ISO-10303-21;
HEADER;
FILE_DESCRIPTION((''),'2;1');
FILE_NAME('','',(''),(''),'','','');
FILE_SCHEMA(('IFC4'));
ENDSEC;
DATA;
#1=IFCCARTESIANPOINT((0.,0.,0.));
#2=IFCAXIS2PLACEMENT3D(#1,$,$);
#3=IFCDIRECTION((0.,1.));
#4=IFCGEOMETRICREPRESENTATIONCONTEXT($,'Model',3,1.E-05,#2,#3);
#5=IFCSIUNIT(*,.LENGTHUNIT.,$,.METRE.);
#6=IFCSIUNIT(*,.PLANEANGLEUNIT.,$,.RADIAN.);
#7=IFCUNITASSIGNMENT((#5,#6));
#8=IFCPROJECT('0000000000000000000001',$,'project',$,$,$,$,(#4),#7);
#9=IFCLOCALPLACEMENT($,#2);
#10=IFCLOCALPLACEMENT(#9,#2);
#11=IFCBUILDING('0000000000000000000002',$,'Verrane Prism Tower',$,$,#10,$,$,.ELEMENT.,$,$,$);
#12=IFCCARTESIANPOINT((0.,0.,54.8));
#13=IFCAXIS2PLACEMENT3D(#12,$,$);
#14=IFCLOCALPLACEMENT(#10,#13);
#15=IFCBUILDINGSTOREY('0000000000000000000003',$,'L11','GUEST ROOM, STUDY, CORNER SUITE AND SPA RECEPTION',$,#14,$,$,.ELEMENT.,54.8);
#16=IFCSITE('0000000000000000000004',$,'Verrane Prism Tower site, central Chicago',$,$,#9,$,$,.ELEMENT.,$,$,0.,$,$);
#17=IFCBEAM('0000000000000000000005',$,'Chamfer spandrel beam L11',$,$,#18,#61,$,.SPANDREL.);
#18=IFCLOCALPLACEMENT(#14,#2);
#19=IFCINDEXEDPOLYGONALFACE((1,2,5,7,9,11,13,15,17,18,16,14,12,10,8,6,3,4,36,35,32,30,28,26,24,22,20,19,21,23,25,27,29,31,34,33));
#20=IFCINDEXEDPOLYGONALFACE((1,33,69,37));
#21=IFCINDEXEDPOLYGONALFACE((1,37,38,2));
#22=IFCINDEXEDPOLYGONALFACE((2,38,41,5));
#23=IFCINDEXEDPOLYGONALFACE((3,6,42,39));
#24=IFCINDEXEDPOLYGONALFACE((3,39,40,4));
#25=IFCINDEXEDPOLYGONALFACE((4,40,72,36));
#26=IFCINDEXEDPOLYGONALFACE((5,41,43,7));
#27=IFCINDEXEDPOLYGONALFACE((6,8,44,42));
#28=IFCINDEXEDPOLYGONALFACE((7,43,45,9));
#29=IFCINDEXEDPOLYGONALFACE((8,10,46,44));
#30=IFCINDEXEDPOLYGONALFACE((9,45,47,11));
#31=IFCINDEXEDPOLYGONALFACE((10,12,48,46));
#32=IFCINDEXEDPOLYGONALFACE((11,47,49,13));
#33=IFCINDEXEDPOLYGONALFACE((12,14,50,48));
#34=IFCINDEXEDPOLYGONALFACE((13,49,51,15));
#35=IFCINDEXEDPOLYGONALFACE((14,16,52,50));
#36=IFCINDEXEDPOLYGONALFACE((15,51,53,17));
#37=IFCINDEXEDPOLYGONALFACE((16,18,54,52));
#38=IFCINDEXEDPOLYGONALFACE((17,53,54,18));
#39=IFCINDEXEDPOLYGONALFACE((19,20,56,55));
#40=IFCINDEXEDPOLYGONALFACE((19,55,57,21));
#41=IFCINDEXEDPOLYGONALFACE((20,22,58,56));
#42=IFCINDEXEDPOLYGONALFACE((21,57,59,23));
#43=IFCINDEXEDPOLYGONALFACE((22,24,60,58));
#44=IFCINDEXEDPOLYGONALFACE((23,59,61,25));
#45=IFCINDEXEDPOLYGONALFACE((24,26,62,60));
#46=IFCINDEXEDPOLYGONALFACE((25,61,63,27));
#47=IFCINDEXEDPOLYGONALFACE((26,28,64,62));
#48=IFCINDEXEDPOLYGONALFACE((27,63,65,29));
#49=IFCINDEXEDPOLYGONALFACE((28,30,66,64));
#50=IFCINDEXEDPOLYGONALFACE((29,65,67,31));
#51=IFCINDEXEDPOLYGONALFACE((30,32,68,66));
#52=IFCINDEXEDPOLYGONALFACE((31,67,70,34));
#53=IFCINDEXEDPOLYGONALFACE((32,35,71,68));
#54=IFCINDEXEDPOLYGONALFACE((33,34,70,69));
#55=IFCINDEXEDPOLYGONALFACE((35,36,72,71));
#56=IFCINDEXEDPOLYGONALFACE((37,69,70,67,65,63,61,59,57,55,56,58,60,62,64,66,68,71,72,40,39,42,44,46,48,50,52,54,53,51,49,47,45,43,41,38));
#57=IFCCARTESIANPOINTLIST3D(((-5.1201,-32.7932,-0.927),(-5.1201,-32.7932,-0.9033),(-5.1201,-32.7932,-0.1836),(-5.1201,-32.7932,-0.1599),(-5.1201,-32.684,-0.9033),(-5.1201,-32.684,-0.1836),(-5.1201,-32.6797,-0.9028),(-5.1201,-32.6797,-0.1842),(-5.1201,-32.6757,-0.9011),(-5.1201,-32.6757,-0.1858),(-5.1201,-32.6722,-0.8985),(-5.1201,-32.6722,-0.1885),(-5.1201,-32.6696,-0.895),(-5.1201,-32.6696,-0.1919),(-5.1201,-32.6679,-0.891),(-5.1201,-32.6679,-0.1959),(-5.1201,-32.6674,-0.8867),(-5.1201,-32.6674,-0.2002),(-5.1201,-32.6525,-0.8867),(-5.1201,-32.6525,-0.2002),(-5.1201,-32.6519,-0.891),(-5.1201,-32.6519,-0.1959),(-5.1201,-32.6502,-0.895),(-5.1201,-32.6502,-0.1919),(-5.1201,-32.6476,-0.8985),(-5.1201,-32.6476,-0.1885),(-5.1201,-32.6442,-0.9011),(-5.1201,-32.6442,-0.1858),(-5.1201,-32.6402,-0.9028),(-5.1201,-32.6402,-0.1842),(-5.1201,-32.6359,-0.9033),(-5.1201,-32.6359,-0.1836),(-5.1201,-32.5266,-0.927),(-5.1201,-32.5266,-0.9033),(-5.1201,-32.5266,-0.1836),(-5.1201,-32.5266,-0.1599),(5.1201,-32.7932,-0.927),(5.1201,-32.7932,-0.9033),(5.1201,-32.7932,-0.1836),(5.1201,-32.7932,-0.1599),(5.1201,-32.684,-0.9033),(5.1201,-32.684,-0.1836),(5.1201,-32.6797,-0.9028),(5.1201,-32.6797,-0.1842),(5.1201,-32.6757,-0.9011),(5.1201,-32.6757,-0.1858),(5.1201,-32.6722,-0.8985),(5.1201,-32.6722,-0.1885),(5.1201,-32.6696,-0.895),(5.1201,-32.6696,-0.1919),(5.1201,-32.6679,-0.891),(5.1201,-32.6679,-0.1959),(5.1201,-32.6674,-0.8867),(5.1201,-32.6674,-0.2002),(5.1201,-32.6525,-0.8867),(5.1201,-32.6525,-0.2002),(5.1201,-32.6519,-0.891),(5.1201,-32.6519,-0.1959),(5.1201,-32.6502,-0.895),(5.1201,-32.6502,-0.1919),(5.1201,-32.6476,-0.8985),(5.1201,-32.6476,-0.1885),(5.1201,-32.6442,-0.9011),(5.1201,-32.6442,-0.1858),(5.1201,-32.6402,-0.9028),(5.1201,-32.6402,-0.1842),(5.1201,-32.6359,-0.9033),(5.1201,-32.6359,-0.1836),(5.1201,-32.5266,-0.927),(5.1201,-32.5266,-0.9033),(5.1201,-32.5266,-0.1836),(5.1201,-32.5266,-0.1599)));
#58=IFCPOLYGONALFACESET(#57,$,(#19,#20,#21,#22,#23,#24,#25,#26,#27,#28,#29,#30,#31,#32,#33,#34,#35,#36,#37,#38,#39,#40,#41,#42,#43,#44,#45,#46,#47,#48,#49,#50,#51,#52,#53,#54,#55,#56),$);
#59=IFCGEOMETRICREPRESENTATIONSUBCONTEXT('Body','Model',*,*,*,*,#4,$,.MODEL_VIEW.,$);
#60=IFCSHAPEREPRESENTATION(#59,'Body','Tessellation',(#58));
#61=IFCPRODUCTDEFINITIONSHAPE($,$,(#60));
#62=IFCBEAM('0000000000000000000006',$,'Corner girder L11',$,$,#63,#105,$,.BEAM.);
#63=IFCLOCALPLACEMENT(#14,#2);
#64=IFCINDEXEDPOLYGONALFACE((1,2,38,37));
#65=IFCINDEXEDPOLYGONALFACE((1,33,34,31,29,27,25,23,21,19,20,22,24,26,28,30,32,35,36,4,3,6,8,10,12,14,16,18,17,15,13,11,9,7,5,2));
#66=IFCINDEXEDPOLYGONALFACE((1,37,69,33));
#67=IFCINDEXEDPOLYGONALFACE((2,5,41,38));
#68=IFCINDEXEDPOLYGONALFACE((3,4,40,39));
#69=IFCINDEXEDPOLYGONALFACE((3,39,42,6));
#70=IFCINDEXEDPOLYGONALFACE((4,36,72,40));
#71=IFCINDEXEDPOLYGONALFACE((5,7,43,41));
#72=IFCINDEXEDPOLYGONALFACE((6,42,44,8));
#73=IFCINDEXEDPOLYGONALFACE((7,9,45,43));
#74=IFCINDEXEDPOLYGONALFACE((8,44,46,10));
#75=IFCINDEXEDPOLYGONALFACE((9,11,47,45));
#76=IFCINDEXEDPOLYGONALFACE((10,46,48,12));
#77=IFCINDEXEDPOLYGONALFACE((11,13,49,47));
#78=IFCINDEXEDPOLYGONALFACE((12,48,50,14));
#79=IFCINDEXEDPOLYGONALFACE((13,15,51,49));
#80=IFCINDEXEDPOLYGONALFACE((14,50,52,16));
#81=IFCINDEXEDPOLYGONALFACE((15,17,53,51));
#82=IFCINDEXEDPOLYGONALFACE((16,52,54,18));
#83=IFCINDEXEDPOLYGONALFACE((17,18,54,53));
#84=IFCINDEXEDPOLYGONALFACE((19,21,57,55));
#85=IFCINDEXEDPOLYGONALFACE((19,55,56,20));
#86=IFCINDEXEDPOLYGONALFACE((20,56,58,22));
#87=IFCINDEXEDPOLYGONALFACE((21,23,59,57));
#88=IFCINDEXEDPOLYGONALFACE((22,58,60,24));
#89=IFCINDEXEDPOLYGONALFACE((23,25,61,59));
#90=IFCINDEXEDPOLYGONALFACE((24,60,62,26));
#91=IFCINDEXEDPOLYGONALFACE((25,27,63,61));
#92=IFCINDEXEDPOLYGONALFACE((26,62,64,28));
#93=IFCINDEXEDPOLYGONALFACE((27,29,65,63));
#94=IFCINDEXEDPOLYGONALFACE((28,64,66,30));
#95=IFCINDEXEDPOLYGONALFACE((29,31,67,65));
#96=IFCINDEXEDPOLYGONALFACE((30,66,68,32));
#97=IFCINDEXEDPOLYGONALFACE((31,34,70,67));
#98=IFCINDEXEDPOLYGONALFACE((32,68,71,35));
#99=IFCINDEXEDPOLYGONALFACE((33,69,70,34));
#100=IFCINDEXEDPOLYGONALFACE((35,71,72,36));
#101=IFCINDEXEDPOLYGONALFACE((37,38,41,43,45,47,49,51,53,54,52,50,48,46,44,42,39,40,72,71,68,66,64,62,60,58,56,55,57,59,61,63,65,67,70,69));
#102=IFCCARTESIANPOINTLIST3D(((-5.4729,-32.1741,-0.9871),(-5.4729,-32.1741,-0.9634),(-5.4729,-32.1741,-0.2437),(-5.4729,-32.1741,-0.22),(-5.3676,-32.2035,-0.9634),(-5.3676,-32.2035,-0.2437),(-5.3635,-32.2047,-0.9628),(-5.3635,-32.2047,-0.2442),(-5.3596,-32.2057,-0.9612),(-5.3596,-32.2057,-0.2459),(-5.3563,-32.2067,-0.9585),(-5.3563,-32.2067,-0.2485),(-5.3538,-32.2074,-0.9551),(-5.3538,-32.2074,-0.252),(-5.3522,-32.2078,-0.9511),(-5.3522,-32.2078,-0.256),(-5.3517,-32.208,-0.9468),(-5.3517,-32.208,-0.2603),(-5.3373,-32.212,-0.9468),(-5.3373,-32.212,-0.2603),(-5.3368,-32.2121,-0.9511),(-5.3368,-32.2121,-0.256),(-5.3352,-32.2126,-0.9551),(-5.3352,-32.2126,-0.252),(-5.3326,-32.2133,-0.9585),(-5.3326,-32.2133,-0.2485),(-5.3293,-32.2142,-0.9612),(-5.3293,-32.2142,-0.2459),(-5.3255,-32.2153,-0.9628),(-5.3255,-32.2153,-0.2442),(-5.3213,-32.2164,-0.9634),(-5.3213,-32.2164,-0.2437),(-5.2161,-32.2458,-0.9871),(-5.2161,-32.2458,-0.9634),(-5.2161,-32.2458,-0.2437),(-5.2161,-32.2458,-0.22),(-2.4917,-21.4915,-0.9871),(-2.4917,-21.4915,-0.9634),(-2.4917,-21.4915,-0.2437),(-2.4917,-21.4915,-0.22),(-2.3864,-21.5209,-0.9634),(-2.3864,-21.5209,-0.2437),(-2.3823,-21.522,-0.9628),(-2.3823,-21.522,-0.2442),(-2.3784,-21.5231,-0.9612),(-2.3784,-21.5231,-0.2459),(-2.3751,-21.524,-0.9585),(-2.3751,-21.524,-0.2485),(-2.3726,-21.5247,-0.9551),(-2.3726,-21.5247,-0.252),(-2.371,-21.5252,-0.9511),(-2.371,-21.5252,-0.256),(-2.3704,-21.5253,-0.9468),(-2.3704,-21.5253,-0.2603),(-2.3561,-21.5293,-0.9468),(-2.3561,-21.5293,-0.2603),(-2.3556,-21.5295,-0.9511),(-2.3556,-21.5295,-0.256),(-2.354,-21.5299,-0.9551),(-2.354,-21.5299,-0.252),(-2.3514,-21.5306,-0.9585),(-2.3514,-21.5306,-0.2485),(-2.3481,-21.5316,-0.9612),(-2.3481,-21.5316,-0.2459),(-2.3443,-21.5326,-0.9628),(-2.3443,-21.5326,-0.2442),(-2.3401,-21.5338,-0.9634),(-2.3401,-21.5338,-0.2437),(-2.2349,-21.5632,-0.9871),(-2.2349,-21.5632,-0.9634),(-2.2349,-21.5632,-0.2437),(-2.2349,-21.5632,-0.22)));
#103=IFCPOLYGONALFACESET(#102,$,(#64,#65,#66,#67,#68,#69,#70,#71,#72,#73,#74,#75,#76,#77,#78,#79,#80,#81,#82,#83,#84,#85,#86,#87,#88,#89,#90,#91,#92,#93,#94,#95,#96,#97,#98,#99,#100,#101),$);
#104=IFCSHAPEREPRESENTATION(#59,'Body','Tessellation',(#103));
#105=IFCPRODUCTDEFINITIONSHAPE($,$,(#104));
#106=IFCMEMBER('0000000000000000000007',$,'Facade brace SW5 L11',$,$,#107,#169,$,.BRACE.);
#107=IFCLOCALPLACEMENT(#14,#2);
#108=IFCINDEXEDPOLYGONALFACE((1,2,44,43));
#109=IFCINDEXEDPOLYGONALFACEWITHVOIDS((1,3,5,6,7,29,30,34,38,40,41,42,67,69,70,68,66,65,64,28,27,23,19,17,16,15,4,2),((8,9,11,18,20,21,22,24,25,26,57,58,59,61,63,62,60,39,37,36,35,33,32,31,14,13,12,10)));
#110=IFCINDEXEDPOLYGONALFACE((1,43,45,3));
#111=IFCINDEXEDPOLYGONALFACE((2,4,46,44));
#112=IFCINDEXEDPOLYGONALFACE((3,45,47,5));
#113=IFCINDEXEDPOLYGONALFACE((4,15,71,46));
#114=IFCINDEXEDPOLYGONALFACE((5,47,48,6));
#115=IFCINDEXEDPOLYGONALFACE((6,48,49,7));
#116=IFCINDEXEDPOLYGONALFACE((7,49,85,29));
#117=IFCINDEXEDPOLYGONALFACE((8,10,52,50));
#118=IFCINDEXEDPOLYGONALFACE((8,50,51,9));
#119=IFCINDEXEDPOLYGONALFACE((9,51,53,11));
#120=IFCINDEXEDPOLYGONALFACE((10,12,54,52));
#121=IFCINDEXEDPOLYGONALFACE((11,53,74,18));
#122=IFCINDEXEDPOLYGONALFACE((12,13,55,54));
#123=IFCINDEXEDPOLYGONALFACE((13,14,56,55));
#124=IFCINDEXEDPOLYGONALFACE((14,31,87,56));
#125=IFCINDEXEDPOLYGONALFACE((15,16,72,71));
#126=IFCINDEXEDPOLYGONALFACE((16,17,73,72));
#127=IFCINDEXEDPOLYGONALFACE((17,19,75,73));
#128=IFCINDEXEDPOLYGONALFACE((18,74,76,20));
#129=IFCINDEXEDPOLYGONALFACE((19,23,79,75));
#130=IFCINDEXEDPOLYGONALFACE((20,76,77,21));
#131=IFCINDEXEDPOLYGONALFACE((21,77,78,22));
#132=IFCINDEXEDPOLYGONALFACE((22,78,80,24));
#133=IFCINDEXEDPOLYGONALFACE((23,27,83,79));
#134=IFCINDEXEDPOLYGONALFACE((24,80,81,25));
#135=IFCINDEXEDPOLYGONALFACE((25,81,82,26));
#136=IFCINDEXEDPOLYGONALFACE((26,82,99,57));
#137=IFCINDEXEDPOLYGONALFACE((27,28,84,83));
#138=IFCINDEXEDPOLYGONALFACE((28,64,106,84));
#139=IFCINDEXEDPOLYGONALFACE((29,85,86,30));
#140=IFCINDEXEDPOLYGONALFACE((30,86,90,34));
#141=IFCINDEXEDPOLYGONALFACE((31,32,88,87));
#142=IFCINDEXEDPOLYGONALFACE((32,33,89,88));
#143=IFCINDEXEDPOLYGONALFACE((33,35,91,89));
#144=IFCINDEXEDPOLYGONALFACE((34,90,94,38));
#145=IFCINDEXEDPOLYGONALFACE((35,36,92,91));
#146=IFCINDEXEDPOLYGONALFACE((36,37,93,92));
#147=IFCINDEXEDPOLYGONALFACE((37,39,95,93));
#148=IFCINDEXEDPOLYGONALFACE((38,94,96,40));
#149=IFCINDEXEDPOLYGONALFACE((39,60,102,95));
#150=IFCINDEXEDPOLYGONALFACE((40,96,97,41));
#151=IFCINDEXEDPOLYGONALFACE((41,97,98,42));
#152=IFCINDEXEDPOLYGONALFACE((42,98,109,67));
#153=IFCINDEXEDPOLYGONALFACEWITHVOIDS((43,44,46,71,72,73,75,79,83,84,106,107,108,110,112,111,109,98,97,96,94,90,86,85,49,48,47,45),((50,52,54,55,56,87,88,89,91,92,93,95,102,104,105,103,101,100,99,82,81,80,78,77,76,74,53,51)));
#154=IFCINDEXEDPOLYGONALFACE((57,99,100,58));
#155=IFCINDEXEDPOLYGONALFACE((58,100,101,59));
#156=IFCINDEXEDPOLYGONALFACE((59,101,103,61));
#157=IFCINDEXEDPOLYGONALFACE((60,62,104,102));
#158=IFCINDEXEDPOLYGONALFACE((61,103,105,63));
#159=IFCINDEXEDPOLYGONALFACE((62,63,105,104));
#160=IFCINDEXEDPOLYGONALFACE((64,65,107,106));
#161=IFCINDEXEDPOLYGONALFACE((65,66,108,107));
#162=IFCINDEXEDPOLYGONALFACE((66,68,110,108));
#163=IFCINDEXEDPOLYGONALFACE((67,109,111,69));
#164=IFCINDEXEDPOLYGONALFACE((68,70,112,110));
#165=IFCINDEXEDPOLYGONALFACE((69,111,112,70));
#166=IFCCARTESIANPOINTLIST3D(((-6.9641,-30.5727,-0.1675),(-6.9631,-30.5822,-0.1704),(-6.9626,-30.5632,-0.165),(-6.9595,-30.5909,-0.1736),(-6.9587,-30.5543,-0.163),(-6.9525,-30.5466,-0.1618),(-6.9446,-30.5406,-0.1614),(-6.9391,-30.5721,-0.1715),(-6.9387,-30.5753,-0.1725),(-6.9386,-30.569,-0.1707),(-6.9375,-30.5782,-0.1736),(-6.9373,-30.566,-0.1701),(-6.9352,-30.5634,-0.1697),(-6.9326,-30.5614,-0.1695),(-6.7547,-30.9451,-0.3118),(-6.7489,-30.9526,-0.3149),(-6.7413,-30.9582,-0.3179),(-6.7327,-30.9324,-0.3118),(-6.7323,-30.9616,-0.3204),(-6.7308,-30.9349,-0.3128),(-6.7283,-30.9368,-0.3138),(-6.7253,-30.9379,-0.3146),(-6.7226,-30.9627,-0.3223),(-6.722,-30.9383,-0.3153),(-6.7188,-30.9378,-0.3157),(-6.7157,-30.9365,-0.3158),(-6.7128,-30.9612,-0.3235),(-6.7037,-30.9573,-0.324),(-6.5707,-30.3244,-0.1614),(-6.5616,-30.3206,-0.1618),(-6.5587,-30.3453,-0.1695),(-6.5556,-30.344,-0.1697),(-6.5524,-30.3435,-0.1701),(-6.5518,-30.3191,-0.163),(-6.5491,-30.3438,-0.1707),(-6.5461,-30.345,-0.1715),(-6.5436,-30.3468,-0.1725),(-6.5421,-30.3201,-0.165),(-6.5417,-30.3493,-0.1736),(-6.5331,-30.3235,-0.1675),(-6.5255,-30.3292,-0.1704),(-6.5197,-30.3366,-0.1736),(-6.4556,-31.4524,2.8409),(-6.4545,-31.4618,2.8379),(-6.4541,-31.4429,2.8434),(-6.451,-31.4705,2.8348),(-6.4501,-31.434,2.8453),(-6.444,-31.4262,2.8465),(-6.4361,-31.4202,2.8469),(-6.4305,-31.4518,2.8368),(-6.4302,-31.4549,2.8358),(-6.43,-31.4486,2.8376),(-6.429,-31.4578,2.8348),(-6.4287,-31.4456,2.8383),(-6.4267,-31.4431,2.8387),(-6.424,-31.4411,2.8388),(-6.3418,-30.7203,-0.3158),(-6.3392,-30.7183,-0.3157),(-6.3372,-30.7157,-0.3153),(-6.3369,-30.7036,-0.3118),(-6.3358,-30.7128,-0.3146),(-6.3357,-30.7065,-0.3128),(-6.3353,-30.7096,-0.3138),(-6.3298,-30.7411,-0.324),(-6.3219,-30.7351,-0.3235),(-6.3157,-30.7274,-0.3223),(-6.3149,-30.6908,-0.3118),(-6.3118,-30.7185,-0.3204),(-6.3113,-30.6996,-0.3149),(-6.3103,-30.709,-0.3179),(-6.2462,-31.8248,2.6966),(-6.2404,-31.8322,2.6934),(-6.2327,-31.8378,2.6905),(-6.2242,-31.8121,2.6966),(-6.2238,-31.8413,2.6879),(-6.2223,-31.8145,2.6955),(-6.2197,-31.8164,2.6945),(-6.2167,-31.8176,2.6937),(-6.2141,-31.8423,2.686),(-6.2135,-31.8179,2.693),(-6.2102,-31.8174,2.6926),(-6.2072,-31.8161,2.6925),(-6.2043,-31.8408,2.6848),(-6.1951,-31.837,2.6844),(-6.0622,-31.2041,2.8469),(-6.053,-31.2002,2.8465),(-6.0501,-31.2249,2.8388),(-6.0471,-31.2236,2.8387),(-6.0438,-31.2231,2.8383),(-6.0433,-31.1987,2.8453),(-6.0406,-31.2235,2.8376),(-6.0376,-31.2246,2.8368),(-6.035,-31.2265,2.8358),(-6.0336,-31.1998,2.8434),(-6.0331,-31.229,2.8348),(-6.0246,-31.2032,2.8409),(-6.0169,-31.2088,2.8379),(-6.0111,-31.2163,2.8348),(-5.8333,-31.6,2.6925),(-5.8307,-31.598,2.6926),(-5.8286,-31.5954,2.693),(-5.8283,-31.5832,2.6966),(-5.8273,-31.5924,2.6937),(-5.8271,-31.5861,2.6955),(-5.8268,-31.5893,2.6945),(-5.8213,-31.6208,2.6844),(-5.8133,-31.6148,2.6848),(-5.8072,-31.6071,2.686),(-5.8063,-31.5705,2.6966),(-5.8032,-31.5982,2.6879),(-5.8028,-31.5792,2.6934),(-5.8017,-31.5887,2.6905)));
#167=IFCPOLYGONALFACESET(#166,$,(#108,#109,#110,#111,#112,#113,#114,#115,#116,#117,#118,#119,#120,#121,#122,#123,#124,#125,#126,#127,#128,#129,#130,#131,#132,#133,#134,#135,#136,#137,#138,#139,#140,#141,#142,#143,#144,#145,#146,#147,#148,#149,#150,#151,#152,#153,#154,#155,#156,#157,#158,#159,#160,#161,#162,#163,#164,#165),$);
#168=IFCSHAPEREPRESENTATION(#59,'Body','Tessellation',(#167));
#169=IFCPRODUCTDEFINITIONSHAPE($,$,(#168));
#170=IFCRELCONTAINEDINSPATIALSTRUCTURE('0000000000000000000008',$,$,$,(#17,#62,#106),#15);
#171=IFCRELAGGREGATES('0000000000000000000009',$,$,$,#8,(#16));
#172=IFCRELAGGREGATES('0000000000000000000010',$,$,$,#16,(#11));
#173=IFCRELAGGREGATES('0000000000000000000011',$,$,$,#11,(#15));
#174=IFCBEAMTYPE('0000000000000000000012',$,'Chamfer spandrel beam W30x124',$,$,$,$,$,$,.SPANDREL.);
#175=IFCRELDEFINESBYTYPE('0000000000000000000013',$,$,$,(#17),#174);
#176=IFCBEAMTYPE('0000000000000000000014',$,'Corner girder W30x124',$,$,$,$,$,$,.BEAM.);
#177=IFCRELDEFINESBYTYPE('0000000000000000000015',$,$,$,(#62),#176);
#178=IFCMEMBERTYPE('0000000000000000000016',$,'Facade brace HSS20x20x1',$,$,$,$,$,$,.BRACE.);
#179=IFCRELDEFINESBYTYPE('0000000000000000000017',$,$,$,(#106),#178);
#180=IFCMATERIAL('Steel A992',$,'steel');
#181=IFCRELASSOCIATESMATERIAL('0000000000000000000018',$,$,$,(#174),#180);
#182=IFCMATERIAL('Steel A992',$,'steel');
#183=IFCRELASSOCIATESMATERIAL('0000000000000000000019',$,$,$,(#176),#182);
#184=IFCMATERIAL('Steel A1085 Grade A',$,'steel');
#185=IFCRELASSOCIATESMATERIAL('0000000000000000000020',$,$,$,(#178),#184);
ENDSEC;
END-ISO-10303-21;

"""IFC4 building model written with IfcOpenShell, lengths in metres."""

from ifc_helpers import new_model, si_unit, direction, frame, origin, origin_2d, place, context, subcontext, project, spatial, hollow_rectangle, i_section, extrude, material, material_profile, profile_set, type_object, element, save


model = new_model("IFC4")

# Units and contexts
model_context = context("Model", 3, precision=1e-05, world=origin(), true_north=direction((0.0, 1.0)))
body_context = subcontext(model_context, "Body", "Model", "MODEL_VIEW")
ifc_project = project(units=[si_unit("LENGTHUNIT", "METRE"), si_unit("PLANEANGLEUNIT", "RADIAN")], contexts=[model_context])

# Site, building, storey
site_placement = place(None, origin())
site = spatial("IfcSite", under=ifc_project, at=site_placement, Name="Verrane Prism Tower site, central Chicago", CompositionType="ELEMENT", RefElevation=0.0)
building_placement = place(site_placement, origin())
building = spatial("IfcBuilding", under=site, at=building_placement, Name="Verrane Prism Tower", CompositionType="ELEMENT")
storey_placement = place(building_placement, frame((0.0, 0.0, 54.8)))
storey = spatial("IfcBuildingStorey", under=building, at=storey_placement, Name="L11", Description="GUEST ROOM, STUDY, CORNER SUITE AND SPA RECEPTION", CompositionType="ELEMENT", Elevation=54.8)

# Beams
ifc_material_1 = material(Name="Steel A992", Category="steel")
ifc_material_profile_1 = material_profile(ifc_material_1, i_section(OverallWidth=0.2666, OverallDepth=0.7671, WebThickness=0.0149, FlangeThickness=0.0237, FilletRadius=0.0166, at=origin_2d()), Name="W30x124")
ifc_profile_set_1 = profile_set([ifc_material_profile_1], Name="Steel A992")
beam_type_1 = type_object("IfcBeamType", Name="Chamfer spandrel beam W30x124", PredefinedType="SPANDREL", material=ifc_profile_set_1)
beam_1_placement = place(storey_placement, frame((-5.1201, -32.6599, -0.5435), z_axis=(1.0, 0.0, 0.0), x_axis=(0.0, 1.0, 0.0)))
element("IfcBeam", 1, at=beam_1_placement, inside=storey, type_object=beam_type_1, Name="Chamfer spandrel beam L11", PredefinedType="SPANDREL", context=body_context, shape_type="SweptSolid", body=[
    extrude(i_section(OverallWidth=0.2666, OverallDepth=0.7671, WebThickness=0.0149, FlangeThickness=0.0237, FilletRadius=0.0166, at=origin_2d()), origin(), (0.0, 0.0, 1.0), 10.2402),
])
ifc_material_2 = material(Name="Steel A992", Category="steel")
ifc_material_profile_2 = material_profile(ifc_material_2, i_section(OverallWidth=0.2666, OverallDepth=0.7671, WebThickness=0.0149, FlangeThickness=0.0237, FilletRadius=0.0166, at=origin_2d()), Name="W30x124")
ifc_profile_set_2 = profile_set([ifc_material_profile_2], Name="Steel A992")
beam_type_2 = type_object("IfcBeamType", Name="Corner girder W30x124", PredefinedType="BEAM", material=ifc_profile_set_2)
beam_2_placement = place(storey_placement, frame((-5.3445, -32.21, -0.6035), z_axis=(0.268799, 0.963196, 0.0), x_axis=(-0.963196, 0.268799, 0.0)))
element("IfcBeam", 2, at=beam_2_placement, inside=storey, type_object=beam_type_2, Name="Corner girder L11", PredefinedType="BEAM", context=body_context, shape_type="SweptSolid", body=[
    extrude(i_section(OverallWidth=0.2666, OverallDepth=0.7671, WebThickness=0.0149, FlangeThickness=0.0237, FilletRadius=0.0166, at=origin_2d()), origin(), (0.0, 0.0, 1.0), 11.0908),
])

# Member
ifc_material_3 = material(Name="Steel A1085 Grade A", Category="steel")
ifc_material_profile_3 = material_profile(ifc_material_3, hollow_rectangle(XDim=0.5081, YDim=0.5081, WallThickness=0.0254, InnerFilletRadius=0.0127, OuterFilletRadius=0.0381, at=origin_2d()), Name="HSS20x20x1")
ifc_profile_set_3 = profile_set([ifc_material_profile_3], Name="Steel A1085 Grade A")
member_type_1 = type_object("IfcMemberType", Name="Facade brace HSS20x20x1", PredefinedType="BRACE", material=ifc_profile_set_3)
member_1_placement = place(storey_placement, frame((-6.6372, -30.6409, -0.2427), z_axis=(0.160159, -0.277029, 0.94742), x_axis=(0.865733, 0.500506, 0.0)))
element("IfcMember", 3, at=member_1_placement, inside=storey, type_object=member_type_1, Name="Facade brace SW5 L11", PredefinedType="BRACE", context=body_context, shape_type="SweptSolid", body=[
    extrude(hollow_rectangle(XDim=0.5081, YDim=0.5081, WallThickness=0.0254, InnerFilletRadius=0.0127, OuterFilletRadius=0.0381, at=origin_2d()), origin(), (0.0, 0.0, 1.0), 3.1753),
])

save(model, "model.ifc")
